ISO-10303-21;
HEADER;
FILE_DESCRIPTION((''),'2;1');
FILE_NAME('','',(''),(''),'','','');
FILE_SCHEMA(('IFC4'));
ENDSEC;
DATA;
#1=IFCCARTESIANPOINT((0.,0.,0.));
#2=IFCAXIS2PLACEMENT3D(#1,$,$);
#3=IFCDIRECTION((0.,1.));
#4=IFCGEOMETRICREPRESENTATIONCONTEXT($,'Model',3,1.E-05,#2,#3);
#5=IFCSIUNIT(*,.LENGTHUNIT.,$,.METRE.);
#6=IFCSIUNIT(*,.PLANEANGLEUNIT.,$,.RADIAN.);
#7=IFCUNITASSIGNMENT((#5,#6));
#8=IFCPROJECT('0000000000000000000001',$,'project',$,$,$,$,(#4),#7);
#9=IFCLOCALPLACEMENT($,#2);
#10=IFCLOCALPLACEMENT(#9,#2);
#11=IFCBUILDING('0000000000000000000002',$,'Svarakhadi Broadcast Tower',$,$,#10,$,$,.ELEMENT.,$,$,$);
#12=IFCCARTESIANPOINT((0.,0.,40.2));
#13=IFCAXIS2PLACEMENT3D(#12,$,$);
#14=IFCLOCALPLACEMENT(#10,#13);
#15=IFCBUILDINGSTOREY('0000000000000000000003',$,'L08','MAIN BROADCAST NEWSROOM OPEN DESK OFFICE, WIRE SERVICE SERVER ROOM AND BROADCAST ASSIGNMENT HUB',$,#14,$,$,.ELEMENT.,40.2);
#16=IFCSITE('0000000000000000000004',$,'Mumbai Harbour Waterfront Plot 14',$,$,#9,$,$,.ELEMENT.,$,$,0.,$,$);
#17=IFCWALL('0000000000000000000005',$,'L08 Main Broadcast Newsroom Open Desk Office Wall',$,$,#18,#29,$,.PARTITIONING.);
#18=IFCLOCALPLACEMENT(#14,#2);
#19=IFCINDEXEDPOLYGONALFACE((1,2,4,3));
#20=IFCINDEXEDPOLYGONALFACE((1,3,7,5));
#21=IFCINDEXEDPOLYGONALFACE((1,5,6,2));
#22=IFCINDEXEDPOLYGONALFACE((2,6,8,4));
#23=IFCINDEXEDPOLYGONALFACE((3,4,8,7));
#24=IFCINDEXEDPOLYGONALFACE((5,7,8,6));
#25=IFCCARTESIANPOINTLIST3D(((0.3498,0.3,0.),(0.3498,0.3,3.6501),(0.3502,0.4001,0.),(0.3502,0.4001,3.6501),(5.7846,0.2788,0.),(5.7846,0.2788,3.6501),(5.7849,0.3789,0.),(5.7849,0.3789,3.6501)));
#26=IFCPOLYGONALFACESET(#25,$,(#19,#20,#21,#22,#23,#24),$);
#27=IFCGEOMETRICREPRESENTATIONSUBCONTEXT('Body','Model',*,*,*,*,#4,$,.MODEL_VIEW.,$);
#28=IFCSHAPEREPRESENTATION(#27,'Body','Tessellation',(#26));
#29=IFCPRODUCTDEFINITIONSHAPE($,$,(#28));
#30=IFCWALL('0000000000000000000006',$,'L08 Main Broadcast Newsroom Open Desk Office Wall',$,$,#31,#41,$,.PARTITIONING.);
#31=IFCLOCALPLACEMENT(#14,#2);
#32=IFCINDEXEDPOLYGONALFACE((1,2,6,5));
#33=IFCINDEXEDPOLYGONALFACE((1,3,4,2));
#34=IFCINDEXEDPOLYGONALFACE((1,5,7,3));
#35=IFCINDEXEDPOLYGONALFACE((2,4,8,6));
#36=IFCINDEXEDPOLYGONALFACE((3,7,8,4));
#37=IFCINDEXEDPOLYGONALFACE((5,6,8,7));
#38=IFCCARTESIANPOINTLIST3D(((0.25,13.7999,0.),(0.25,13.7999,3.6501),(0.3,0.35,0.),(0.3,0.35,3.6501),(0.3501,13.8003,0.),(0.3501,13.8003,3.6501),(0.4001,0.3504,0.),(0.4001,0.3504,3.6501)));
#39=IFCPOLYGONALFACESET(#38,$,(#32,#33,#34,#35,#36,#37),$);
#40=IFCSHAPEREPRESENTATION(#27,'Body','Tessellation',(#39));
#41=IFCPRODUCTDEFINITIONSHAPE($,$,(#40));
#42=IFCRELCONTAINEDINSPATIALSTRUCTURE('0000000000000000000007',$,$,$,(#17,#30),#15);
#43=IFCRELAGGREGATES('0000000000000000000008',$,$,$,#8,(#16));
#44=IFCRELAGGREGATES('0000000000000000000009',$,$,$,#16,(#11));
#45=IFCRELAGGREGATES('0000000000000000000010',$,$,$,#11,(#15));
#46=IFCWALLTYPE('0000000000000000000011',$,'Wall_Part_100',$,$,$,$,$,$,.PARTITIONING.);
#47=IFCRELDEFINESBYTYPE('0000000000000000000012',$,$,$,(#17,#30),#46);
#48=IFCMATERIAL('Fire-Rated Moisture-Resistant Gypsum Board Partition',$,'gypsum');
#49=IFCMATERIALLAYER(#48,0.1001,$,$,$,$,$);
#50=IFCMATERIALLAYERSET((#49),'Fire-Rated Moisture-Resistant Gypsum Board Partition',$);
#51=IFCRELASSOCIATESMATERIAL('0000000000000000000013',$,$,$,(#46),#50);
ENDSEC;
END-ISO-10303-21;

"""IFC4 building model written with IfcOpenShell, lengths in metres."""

from ifc_helpers import new_model, si_unit, direction, frame, frame_2d, origin, place, context, subcontext, project, spatial, rectangle, extrude, material, layer, layer_set, type_object, element, save


model = new_model("IFC4")

# Units and contexts
model_context = context("Model", 3, precision=1e-05, world=origin(), true_north=direction((0.0, 1.0)))
body_context = subcontext(model_context, "Body", "Model", "MODEL_VIEW")
ifc_project = project(units=[si_unit("LENGTHUNIT", "METRE"), si_unit("PLANEANGLEUNIT", "RADIAN")], contexts=[model_context])

# Site, building, storey
site_placement = place(None, origin())
site = spatial("IfcSite", under=ifc_project, at=site_placement, Name="Mumbai Harbour Waterfront Plot 14", CompositionType="ELEMENT", RefElevation=0.0)
building_placement = place(site_placement, origin())
building = spatial("IfcBuilding", under=site, at=building_placement, Name="Svarakhadi Broadcast Tower", CompositionType="ELEMENT")
storey_placement = place(building_placement, frame((0.0, 0.0, 40.2)))
storey = spatial("IfcBuildingStorey", under=building, at=storey_placement, Name="L08", Description="MAIN BROADCAST NEWSROOM OPEN DESK OFFICE, WIRE SERVICE SERVER ROOM AND BROADCAST ASSIGNMENT HUB", CompositionType="ELEMENT", Elevation=40.2)

# Walls
ifc_material_1 = material(Name="Fire-Rated Moisture-Resistant Gypsum Board Partition", Category="gypsum")
ifc_layer_1 = layer(ifc_material_1, 0.1001)
ifc_layer_set_1 = layer_set([ifc_layer_1], Name="Fire-Rated Moisture-Resistant Gypsum Board Partition")
wall_type = type_object("IfcWallType", Name="Wall_Part_100", PredefinedType="PARTITIONING", material=ifc_layer_set_1)
wall_1_placement = place(storey_placement, frame((0.3501, 0.3501, 0.0), z_axis=(0.0, 0.0, 1.0), x_axis=(0.999992, -0.003908, 0.0)))
element("IfcWall", 1, at=wall_1_placement, inside=storey, type_object=wall_type, Name="L08 Main Broadcast Newsroom Open Desk Office Wall", PredefinedType="PARTITIONING", context=body_context, shape_type="SweptSolid", body=[
    extrude(rectangle(XDim=5.4348, YDim=0.1001, at=frame_2d((2.7173, 0.0))), origin(), (0.0, 0.0, 1.0), 3.6501),
])
wall_2_placement = place(storey_placement, frame((0.3501, 0.3501, 0.0), z_axis=(0.0, 0.0, 1.0), x_axis=(-0.003721, 0.999993, 0.0)))
element("IfcWall", 2, at=wall_2_placement, inside=storey, type_object=wall_type, Name="L08 Main Broadcast Newsroom Open Desk Office Wall", PredefinedType="PARTITIONING", context=body_context, shape_type="SweptSolid", body=[
    extrude(rectangle(XDim=13.45, YDim=0.1001, at=frame_2d((6.7251, 0.0))), origin(), (0.0, 0.0, 1.0), 3.6501),
])

save(model, "model.ifc")
